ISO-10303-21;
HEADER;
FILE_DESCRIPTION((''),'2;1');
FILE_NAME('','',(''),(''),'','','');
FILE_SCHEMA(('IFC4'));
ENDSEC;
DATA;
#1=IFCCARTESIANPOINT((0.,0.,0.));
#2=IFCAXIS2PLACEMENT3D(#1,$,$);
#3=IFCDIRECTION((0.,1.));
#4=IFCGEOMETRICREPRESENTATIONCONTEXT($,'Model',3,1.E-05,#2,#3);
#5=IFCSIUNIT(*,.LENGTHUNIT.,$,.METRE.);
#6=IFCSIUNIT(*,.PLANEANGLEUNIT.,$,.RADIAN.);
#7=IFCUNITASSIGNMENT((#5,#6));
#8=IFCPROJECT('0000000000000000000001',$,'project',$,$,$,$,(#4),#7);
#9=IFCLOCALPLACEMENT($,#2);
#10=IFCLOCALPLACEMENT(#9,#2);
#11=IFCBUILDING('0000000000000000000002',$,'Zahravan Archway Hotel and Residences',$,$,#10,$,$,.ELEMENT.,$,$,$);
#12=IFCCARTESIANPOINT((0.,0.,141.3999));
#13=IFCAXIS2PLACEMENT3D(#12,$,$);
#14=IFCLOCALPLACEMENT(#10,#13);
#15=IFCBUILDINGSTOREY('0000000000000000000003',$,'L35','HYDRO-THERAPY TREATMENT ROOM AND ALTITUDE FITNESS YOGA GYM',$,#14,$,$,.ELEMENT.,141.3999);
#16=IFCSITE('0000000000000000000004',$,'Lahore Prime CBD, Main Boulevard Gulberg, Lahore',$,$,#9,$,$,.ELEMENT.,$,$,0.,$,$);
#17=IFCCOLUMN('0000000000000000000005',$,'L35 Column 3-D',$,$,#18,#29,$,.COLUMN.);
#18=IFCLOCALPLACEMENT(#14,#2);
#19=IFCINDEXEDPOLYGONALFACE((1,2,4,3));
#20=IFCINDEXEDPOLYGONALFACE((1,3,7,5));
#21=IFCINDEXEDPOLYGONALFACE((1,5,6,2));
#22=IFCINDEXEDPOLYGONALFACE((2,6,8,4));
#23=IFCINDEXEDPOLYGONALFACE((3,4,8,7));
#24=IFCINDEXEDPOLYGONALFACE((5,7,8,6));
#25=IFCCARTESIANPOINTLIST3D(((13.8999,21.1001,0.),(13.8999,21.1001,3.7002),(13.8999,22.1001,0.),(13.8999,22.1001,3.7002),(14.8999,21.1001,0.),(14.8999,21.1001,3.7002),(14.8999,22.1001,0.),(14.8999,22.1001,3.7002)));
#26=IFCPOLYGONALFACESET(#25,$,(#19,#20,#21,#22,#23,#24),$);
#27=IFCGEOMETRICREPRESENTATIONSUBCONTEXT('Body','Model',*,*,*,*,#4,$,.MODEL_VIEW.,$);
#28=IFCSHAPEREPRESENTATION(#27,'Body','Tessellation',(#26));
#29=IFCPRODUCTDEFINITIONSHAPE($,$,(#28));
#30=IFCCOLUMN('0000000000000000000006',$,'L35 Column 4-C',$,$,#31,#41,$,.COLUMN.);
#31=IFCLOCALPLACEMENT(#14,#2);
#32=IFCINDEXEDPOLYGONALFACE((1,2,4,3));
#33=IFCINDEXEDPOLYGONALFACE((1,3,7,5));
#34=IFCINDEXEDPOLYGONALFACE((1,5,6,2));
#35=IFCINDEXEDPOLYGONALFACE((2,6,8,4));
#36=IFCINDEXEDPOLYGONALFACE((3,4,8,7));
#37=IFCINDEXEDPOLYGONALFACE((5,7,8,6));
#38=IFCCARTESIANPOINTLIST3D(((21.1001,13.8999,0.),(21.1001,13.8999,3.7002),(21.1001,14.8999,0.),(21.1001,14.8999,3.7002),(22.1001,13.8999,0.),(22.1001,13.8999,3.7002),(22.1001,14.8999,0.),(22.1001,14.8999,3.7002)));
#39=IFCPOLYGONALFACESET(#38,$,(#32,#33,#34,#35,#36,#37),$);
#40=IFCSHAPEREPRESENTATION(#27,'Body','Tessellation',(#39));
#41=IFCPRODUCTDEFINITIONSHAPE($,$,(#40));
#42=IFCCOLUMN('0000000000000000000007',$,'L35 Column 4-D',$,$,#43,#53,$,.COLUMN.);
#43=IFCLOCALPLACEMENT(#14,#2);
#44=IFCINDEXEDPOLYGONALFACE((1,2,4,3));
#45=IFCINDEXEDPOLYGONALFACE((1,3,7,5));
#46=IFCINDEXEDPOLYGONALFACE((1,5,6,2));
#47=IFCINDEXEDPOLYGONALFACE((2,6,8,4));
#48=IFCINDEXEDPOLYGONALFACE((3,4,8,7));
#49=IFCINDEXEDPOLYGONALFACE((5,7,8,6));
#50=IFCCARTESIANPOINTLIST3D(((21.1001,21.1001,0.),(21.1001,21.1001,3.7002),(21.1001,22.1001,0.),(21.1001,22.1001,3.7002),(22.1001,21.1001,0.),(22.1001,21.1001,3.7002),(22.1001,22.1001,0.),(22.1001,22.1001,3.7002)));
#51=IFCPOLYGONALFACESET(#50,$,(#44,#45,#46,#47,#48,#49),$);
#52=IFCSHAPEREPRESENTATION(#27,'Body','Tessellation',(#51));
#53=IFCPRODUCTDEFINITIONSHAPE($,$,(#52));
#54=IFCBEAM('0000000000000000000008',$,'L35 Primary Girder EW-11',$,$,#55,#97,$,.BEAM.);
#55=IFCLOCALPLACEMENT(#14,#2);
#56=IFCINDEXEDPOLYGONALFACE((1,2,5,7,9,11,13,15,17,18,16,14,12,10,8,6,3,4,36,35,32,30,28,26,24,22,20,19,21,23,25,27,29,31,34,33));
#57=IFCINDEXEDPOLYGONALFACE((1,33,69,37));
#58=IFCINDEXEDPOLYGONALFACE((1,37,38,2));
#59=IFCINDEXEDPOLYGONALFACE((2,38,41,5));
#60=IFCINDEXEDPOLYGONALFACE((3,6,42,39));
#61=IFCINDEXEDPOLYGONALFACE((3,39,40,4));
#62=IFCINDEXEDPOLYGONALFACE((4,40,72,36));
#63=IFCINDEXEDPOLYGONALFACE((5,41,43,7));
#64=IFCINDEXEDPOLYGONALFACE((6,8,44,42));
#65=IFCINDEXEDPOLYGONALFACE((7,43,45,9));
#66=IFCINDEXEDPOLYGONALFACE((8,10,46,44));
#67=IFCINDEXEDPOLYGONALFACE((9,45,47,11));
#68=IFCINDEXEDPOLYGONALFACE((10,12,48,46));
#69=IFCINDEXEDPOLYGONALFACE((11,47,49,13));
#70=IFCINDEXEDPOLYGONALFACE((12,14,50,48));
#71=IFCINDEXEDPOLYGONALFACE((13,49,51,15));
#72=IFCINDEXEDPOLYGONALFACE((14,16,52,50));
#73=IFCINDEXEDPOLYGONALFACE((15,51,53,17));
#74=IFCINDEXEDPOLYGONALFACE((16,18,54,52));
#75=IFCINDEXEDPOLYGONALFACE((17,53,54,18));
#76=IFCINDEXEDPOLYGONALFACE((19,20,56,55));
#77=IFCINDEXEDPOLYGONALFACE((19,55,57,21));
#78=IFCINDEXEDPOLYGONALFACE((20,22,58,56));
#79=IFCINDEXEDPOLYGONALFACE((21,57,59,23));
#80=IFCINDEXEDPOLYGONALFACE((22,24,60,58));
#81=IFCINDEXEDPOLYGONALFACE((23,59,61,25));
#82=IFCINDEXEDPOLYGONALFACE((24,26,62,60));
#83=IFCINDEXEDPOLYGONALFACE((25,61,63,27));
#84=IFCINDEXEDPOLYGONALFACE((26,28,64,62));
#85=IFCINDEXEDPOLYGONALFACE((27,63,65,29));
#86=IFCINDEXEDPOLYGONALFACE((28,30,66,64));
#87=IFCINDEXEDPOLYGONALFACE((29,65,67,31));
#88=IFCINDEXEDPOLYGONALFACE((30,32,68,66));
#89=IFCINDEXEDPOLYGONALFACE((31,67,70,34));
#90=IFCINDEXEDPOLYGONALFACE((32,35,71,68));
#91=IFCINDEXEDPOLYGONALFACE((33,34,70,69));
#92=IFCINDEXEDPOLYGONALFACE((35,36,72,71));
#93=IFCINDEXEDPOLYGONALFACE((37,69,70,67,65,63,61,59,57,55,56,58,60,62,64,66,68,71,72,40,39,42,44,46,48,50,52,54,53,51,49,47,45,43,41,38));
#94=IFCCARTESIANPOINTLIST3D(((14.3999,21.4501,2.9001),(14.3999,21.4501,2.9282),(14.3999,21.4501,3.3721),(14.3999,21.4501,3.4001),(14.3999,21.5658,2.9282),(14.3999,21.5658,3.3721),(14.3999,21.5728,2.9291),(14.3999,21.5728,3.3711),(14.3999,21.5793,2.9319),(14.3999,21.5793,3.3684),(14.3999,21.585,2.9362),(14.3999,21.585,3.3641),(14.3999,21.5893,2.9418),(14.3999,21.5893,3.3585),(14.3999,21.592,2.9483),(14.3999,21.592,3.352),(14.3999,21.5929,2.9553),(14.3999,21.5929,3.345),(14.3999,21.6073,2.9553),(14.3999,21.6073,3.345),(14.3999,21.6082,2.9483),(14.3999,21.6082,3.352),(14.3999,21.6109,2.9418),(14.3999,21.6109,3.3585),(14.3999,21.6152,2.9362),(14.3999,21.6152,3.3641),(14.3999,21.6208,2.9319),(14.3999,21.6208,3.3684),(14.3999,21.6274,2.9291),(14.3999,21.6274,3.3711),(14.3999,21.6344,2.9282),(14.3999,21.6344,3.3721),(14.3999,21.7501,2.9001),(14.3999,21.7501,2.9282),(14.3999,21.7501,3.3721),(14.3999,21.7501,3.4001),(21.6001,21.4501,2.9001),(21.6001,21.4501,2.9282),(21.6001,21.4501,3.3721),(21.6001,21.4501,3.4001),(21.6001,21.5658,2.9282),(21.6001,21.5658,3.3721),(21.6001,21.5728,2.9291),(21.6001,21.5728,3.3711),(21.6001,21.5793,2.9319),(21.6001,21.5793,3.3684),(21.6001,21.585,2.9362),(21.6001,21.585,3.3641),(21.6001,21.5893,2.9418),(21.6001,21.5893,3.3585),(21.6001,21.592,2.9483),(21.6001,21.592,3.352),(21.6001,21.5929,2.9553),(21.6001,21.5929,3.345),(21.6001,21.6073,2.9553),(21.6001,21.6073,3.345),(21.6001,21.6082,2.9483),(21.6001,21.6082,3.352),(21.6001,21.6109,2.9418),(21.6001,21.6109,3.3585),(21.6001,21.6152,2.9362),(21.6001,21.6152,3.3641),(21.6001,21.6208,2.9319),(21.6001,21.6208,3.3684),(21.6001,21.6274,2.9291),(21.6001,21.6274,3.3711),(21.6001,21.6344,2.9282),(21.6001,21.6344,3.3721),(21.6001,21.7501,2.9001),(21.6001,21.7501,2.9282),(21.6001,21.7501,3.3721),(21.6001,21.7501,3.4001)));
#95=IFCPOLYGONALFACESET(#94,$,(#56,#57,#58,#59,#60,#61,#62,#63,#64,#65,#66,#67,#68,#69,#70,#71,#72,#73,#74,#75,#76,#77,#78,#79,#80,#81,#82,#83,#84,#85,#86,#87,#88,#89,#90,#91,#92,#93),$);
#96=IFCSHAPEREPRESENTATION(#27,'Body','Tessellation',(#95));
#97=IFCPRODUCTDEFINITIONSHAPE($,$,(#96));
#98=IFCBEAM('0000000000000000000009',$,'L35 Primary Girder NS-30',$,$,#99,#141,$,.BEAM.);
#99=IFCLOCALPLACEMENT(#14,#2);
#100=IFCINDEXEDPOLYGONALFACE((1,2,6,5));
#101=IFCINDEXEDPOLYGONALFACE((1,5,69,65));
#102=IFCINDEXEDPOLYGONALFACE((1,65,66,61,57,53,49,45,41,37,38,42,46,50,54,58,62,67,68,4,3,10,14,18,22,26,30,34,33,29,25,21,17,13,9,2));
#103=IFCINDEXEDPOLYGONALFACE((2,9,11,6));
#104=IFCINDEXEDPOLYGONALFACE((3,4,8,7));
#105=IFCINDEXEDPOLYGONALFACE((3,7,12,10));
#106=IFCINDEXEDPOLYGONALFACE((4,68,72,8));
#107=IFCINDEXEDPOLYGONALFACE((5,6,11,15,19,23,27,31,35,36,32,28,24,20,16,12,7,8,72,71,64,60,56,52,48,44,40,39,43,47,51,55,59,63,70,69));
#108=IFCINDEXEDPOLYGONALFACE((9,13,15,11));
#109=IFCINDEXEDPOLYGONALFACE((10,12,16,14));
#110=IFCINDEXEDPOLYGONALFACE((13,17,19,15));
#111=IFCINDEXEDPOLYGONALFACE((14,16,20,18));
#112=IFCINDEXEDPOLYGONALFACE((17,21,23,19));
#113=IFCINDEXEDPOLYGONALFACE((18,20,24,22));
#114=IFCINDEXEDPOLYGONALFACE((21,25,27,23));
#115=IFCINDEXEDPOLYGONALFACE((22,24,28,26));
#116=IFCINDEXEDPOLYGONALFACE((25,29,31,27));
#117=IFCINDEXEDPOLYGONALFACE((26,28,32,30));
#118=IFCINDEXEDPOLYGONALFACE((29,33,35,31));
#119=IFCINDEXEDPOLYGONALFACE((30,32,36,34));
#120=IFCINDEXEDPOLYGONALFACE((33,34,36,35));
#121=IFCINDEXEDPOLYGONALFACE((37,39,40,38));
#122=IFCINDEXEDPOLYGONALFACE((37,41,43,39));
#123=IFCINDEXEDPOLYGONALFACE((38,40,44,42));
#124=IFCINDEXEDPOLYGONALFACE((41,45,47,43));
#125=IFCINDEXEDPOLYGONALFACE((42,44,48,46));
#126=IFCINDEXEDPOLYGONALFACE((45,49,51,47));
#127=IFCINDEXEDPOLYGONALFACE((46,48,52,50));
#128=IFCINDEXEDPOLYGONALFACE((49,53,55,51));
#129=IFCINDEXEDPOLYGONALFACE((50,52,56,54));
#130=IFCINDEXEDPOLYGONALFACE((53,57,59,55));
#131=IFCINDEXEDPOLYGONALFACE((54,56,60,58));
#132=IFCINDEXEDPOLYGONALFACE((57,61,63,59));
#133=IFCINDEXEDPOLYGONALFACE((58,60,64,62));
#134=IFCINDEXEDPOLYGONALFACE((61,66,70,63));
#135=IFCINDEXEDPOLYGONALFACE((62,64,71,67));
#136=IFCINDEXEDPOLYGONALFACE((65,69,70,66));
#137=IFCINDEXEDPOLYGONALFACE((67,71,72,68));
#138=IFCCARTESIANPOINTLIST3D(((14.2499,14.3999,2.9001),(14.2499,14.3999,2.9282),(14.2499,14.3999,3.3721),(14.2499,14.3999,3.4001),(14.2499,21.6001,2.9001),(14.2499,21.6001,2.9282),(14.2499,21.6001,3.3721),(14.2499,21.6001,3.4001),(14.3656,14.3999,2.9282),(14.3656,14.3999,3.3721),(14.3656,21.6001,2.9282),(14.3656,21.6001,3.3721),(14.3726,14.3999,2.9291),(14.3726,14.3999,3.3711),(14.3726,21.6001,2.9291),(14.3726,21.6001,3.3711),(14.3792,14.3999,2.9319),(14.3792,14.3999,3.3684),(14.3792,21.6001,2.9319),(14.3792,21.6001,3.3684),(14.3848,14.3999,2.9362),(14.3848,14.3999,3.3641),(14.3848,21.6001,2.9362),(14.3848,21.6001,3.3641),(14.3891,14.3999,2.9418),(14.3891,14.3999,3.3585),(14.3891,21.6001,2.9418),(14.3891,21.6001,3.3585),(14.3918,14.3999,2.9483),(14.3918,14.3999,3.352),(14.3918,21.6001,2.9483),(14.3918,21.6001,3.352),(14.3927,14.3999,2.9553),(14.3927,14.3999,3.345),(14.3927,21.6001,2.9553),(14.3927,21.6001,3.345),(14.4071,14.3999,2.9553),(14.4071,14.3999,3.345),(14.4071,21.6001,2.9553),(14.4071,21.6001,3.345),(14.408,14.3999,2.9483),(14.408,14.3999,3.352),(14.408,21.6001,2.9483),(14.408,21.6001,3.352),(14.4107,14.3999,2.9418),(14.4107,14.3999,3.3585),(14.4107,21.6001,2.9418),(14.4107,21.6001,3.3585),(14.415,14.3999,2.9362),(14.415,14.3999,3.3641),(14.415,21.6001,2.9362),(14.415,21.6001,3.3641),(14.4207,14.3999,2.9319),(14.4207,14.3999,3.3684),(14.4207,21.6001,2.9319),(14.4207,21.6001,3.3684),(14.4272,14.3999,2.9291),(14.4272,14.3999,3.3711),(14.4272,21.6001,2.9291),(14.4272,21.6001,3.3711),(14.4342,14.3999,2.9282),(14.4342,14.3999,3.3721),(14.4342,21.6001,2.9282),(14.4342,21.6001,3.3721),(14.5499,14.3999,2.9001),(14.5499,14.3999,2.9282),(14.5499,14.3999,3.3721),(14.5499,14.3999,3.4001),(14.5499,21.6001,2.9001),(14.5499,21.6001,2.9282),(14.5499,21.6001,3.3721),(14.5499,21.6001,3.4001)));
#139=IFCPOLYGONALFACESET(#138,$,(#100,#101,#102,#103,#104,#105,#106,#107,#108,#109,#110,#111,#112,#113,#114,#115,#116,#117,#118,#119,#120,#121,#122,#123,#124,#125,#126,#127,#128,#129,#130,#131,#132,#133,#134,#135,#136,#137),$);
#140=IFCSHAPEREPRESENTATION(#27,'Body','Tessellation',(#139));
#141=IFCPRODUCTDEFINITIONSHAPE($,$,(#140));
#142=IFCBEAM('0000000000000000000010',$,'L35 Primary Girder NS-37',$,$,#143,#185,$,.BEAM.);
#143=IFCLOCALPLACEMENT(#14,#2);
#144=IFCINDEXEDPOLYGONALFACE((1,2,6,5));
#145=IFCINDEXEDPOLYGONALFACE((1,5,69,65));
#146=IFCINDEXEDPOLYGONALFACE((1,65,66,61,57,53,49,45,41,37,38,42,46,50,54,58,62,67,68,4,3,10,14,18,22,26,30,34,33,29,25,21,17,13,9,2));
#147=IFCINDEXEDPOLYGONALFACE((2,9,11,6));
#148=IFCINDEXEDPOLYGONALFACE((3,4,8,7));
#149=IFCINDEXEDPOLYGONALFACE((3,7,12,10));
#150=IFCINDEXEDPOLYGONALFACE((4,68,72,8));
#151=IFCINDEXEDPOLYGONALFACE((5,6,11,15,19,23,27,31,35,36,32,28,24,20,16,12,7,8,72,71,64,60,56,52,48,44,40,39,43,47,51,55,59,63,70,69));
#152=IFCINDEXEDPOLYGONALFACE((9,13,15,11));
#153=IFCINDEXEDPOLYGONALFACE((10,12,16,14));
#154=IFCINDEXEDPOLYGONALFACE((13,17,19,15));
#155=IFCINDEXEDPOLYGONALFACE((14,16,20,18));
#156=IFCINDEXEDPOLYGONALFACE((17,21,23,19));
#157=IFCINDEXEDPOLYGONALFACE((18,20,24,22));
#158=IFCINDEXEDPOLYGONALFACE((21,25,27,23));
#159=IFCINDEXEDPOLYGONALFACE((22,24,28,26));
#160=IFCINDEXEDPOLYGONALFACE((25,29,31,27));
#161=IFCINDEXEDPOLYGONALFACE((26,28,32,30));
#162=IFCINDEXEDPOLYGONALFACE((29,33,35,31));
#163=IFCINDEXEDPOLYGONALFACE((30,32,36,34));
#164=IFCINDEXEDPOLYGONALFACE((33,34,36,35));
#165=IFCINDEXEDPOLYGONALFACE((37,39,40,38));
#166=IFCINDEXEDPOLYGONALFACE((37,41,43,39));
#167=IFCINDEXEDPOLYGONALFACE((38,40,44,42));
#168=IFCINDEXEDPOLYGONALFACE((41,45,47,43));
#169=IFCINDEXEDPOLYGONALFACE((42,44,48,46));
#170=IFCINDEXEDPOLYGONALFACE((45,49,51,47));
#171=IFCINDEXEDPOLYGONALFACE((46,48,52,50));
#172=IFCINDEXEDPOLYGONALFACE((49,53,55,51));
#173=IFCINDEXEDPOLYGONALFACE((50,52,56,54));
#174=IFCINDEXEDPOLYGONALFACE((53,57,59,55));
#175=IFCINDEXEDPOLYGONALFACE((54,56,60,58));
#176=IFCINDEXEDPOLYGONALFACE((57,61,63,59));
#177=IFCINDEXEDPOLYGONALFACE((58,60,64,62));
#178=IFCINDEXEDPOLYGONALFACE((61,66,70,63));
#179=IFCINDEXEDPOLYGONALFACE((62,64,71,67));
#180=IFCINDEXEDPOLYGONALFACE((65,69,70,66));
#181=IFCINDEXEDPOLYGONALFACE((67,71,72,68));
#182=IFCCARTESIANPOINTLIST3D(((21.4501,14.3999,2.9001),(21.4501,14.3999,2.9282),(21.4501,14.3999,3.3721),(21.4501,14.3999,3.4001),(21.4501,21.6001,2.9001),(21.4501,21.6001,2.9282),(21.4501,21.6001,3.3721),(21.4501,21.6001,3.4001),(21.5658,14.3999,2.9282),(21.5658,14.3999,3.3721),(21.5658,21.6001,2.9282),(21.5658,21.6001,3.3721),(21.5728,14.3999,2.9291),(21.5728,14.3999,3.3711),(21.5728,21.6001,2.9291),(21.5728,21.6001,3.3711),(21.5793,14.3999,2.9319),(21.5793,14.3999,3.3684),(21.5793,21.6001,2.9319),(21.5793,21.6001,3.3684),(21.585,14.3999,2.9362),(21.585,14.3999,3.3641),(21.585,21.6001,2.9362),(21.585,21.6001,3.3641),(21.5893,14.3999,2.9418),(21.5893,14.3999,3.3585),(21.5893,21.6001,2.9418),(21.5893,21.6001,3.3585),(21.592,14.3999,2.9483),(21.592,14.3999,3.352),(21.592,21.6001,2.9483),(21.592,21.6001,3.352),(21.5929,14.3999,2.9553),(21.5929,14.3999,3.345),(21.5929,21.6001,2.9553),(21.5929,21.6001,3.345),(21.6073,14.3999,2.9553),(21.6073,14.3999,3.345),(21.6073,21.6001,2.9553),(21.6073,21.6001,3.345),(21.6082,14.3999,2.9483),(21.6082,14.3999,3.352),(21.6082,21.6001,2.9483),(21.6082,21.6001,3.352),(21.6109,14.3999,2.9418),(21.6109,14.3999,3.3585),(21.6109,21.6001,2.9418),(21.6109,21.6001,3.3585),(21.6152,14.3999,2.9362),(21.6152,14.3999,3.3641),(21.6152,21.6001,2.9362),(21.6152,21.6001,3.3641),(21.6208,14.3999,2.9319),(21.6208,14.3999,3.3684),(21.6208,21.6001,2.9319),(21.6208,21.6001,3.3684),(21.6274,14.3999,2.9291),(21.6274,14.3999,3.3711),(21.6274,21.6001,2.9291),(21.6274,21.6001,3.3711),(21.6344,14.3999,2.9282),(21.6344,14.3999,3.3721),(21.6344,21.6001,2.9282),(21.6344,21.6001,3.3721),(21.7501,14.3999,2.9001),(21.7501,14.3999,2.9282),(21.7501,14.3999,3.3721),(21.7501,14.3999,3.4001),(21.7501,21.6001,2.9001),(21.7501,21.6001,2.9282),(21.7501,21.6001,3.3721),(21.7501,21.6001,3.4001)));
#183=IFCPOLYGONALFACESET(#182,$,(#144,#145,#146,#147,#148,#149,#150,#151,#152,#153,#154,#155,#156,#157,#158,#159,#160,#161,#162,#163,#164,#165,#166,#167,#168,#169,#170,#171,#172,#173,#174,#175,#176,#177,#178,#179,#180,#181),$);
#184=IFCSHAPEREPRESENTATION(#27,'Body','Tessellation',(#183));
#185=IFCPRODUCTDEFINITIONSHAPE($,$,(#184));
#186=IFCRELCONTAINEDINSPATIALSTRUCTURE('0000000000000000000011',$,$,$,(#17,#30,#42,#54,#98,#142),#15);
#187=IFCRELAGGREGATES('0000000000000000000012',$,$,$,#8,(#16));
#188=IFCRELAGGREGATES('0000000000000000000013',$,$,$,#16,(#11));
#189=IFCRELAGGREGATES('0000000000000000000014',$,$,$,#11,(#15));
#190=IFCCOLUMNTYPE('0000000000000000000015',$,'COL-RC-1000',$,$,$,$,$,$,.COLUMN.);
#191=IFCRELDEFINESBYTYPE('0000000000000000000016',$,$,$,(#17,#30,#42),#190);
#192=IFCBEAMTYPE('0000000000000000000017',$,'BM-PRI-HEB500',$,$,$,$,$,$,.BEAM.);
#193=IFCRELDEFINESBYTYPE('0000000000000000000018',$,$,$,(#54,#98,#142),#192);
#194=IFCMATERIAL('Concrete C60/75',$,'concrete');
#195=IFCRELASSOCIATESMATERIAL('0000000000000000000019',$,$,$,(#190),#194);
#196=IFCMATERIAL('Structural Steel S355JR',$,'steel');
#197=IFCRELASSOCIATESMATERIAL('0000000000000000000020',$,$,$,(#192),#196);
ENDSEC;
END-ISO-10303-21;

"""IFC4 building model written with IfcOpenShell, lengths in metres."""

from ifc_helpers import new_model, si_unit, direction, frame, origin, origin_2d, place, context, subcontext, project, spatial, rectangle, i_section, extrude, source, transform, mapped, material, material_profile, profile_set, type_object, type_shapes, element, save


model = new_model("IFC4")

# Units and contexts
model_context = context("Model", 3, precision=1e-05, world=origin(), true_north=direction((0.0, 1.0)))
body_context = subcontext(model_context, "Body", "Model", "MODEL_VIEW")
ifc_project = project(units=[si_unit("LENGTHUNIT", "METRE"), si_unit("PLANEANGLEUNIT", "RADIAN")], contexts=[model_context])

# Site, building, storey
site_placement = place(None, origin())
site = spatial("IfcSite", under=ifc_project, at=site_placement, Name="Lahore Prime CBD, Main Boulevard Gulberg, Lahore", CompositionType="ELEMENT", RefElevation=0.0)
building_placement = place(site_placement, origin())
building = spatial("IfcBuilding", under=site, at=building_placement, Name="Zahravan Archway Hotel and Residences", CompositionType="ELEMENT")
storey_placement = place(building_placement, frame((0.0, 0.0, 141.3999)))
storey = spatial("IfcBuildingStorey", under=building, at=storey_placement, Name="L35", Description="HYDRO-THERAPY TREATMENT ROOM AND ALTITUDE FITNESS YOGA GYM", CompositionType="ELEMENT", Elevation=141.3999)

# Columns
ifc_material_1 = material(Name="Concrete C60/75", Category="concrete")
ifc_material_profile_1 = material_profile(ifc_material_1, rectangle(XDim=1.0, YDim=1.0, at=origin_2d()), Name="RC-COL-1000x1000", Category="concrete")
ifc_profile_set_1 = profile_set([ifc_material_profile_1], Name="Concrete C60/75")
column_type = type_object("IfcColumnType", Name="COL-RC-1000", PredefinedType="COLUMN", material=ifc_profile_set_1)
shared_shape_1 = source(origin(), body_context, "Body", "SweptSolid", [
    extrude(rectangle(XDim=1.0, YDim=1.0, at=origin_2d()), origin(), (0.0, 0.0, 1.0), 3.7002),
])
for number, where, z_axis, x_axis, name in (
    (1, (14.3999, 21.6001, 0.0), (0.0, 0.0, 1.0), (1.0, 0.0, 0.0), "L35 Column 3-D"),
    (2, (21.6001, 14.3999, 0.0), (0.0, 0.0, 1.0), (1.0, 0.0, 0.0), "L35 Column 4-C"),
    (3, (21.6001, 21.6001, 0.0), (0.0, 0.0, 1.0), (1.0, 0.0, 0.0), "L35 Column 4-D"),
):
    element("IfcColumn", number, at=place(storey_placement, frame(where, z_axis=z_axis, x_axis=x_axis)), inside=storey, type_object=column_type, Name=name, PredefinedType="COLUMN", context=body_context, shape_type="MappedRepresentation", body=[
        mapped(shared_shape_1, transform((0.0, 0.0, 0.0), scale=1.0)),
    ])

# Beams
ifc_material_2 = material(Name="Structural Steel S355JR", Category="steel")
ifc_material_profile_2 = material_profile(ifc_material_2, i_section(OverallWidth=0.3, OverallDepth=0.5, WebThickness=0.0144, FlangeThickness=0.0281, FilletRadius=0.0271, at=origin_2d()), Name="HEB 500", Category="steel")
ifc_profile_set_2 = profile_set([ifc_material_profile_2], Name="Structural Steel S355JR")
beam_type_1 = type_object("IfcBeamType", Name="BM-PRI-HEB500", PredefinedType="BEAM", material=ifc_profile_set_2)
shared_shape_2 = source(origin(), body_context, "Body", "SweptSolid", [
    extrude(i_section(OverallWidth=0.3, OverallDepth=0.5, WebThickness=0.0144, FlangeThickness=0.0281, FilletRadius=0.0271, at=origin_2d()), origin(), (0.0, 0.0, 1.0), 7.2002),
])
type_shapes(beam_type_1, [shared_shape_2])
for number, where, z_axis, x_axis, name in (
    (4, (14.3999, 21.6001, 3.1501), (1.0, 0.0, 0.0), (0.0, 1.0, 0.0), "L35 Primary Girder EW-11"),
    (5, (14.3999, 14.3999, 3.1501), (0.0, 1.0, 0.0), (-1.0, 0.0, 0.0), "L35 Primary Girder NS-30"),
    (6, (21.6001, 14.3999, 3.1501), (0.0, 1.0, 0.0), (-1.0, 0.0, 0.0), "L35 Primary Girder NS-37"),
):
    element("IfcBeam", number, at=place(storey_placement, frame(where, z_axis=z_axis, x_axis=x_axis)), inside=storey, type_object=beam_type_1, Name=name, PredefinedType="BEAM", context=body_context, shape_type="MappedRepresentation", body=[
        mapped(shared_shape_2, transform((0.0, 0.0, 0.0), scale=1.0)),
    ])

save(model, "model.ifc")
